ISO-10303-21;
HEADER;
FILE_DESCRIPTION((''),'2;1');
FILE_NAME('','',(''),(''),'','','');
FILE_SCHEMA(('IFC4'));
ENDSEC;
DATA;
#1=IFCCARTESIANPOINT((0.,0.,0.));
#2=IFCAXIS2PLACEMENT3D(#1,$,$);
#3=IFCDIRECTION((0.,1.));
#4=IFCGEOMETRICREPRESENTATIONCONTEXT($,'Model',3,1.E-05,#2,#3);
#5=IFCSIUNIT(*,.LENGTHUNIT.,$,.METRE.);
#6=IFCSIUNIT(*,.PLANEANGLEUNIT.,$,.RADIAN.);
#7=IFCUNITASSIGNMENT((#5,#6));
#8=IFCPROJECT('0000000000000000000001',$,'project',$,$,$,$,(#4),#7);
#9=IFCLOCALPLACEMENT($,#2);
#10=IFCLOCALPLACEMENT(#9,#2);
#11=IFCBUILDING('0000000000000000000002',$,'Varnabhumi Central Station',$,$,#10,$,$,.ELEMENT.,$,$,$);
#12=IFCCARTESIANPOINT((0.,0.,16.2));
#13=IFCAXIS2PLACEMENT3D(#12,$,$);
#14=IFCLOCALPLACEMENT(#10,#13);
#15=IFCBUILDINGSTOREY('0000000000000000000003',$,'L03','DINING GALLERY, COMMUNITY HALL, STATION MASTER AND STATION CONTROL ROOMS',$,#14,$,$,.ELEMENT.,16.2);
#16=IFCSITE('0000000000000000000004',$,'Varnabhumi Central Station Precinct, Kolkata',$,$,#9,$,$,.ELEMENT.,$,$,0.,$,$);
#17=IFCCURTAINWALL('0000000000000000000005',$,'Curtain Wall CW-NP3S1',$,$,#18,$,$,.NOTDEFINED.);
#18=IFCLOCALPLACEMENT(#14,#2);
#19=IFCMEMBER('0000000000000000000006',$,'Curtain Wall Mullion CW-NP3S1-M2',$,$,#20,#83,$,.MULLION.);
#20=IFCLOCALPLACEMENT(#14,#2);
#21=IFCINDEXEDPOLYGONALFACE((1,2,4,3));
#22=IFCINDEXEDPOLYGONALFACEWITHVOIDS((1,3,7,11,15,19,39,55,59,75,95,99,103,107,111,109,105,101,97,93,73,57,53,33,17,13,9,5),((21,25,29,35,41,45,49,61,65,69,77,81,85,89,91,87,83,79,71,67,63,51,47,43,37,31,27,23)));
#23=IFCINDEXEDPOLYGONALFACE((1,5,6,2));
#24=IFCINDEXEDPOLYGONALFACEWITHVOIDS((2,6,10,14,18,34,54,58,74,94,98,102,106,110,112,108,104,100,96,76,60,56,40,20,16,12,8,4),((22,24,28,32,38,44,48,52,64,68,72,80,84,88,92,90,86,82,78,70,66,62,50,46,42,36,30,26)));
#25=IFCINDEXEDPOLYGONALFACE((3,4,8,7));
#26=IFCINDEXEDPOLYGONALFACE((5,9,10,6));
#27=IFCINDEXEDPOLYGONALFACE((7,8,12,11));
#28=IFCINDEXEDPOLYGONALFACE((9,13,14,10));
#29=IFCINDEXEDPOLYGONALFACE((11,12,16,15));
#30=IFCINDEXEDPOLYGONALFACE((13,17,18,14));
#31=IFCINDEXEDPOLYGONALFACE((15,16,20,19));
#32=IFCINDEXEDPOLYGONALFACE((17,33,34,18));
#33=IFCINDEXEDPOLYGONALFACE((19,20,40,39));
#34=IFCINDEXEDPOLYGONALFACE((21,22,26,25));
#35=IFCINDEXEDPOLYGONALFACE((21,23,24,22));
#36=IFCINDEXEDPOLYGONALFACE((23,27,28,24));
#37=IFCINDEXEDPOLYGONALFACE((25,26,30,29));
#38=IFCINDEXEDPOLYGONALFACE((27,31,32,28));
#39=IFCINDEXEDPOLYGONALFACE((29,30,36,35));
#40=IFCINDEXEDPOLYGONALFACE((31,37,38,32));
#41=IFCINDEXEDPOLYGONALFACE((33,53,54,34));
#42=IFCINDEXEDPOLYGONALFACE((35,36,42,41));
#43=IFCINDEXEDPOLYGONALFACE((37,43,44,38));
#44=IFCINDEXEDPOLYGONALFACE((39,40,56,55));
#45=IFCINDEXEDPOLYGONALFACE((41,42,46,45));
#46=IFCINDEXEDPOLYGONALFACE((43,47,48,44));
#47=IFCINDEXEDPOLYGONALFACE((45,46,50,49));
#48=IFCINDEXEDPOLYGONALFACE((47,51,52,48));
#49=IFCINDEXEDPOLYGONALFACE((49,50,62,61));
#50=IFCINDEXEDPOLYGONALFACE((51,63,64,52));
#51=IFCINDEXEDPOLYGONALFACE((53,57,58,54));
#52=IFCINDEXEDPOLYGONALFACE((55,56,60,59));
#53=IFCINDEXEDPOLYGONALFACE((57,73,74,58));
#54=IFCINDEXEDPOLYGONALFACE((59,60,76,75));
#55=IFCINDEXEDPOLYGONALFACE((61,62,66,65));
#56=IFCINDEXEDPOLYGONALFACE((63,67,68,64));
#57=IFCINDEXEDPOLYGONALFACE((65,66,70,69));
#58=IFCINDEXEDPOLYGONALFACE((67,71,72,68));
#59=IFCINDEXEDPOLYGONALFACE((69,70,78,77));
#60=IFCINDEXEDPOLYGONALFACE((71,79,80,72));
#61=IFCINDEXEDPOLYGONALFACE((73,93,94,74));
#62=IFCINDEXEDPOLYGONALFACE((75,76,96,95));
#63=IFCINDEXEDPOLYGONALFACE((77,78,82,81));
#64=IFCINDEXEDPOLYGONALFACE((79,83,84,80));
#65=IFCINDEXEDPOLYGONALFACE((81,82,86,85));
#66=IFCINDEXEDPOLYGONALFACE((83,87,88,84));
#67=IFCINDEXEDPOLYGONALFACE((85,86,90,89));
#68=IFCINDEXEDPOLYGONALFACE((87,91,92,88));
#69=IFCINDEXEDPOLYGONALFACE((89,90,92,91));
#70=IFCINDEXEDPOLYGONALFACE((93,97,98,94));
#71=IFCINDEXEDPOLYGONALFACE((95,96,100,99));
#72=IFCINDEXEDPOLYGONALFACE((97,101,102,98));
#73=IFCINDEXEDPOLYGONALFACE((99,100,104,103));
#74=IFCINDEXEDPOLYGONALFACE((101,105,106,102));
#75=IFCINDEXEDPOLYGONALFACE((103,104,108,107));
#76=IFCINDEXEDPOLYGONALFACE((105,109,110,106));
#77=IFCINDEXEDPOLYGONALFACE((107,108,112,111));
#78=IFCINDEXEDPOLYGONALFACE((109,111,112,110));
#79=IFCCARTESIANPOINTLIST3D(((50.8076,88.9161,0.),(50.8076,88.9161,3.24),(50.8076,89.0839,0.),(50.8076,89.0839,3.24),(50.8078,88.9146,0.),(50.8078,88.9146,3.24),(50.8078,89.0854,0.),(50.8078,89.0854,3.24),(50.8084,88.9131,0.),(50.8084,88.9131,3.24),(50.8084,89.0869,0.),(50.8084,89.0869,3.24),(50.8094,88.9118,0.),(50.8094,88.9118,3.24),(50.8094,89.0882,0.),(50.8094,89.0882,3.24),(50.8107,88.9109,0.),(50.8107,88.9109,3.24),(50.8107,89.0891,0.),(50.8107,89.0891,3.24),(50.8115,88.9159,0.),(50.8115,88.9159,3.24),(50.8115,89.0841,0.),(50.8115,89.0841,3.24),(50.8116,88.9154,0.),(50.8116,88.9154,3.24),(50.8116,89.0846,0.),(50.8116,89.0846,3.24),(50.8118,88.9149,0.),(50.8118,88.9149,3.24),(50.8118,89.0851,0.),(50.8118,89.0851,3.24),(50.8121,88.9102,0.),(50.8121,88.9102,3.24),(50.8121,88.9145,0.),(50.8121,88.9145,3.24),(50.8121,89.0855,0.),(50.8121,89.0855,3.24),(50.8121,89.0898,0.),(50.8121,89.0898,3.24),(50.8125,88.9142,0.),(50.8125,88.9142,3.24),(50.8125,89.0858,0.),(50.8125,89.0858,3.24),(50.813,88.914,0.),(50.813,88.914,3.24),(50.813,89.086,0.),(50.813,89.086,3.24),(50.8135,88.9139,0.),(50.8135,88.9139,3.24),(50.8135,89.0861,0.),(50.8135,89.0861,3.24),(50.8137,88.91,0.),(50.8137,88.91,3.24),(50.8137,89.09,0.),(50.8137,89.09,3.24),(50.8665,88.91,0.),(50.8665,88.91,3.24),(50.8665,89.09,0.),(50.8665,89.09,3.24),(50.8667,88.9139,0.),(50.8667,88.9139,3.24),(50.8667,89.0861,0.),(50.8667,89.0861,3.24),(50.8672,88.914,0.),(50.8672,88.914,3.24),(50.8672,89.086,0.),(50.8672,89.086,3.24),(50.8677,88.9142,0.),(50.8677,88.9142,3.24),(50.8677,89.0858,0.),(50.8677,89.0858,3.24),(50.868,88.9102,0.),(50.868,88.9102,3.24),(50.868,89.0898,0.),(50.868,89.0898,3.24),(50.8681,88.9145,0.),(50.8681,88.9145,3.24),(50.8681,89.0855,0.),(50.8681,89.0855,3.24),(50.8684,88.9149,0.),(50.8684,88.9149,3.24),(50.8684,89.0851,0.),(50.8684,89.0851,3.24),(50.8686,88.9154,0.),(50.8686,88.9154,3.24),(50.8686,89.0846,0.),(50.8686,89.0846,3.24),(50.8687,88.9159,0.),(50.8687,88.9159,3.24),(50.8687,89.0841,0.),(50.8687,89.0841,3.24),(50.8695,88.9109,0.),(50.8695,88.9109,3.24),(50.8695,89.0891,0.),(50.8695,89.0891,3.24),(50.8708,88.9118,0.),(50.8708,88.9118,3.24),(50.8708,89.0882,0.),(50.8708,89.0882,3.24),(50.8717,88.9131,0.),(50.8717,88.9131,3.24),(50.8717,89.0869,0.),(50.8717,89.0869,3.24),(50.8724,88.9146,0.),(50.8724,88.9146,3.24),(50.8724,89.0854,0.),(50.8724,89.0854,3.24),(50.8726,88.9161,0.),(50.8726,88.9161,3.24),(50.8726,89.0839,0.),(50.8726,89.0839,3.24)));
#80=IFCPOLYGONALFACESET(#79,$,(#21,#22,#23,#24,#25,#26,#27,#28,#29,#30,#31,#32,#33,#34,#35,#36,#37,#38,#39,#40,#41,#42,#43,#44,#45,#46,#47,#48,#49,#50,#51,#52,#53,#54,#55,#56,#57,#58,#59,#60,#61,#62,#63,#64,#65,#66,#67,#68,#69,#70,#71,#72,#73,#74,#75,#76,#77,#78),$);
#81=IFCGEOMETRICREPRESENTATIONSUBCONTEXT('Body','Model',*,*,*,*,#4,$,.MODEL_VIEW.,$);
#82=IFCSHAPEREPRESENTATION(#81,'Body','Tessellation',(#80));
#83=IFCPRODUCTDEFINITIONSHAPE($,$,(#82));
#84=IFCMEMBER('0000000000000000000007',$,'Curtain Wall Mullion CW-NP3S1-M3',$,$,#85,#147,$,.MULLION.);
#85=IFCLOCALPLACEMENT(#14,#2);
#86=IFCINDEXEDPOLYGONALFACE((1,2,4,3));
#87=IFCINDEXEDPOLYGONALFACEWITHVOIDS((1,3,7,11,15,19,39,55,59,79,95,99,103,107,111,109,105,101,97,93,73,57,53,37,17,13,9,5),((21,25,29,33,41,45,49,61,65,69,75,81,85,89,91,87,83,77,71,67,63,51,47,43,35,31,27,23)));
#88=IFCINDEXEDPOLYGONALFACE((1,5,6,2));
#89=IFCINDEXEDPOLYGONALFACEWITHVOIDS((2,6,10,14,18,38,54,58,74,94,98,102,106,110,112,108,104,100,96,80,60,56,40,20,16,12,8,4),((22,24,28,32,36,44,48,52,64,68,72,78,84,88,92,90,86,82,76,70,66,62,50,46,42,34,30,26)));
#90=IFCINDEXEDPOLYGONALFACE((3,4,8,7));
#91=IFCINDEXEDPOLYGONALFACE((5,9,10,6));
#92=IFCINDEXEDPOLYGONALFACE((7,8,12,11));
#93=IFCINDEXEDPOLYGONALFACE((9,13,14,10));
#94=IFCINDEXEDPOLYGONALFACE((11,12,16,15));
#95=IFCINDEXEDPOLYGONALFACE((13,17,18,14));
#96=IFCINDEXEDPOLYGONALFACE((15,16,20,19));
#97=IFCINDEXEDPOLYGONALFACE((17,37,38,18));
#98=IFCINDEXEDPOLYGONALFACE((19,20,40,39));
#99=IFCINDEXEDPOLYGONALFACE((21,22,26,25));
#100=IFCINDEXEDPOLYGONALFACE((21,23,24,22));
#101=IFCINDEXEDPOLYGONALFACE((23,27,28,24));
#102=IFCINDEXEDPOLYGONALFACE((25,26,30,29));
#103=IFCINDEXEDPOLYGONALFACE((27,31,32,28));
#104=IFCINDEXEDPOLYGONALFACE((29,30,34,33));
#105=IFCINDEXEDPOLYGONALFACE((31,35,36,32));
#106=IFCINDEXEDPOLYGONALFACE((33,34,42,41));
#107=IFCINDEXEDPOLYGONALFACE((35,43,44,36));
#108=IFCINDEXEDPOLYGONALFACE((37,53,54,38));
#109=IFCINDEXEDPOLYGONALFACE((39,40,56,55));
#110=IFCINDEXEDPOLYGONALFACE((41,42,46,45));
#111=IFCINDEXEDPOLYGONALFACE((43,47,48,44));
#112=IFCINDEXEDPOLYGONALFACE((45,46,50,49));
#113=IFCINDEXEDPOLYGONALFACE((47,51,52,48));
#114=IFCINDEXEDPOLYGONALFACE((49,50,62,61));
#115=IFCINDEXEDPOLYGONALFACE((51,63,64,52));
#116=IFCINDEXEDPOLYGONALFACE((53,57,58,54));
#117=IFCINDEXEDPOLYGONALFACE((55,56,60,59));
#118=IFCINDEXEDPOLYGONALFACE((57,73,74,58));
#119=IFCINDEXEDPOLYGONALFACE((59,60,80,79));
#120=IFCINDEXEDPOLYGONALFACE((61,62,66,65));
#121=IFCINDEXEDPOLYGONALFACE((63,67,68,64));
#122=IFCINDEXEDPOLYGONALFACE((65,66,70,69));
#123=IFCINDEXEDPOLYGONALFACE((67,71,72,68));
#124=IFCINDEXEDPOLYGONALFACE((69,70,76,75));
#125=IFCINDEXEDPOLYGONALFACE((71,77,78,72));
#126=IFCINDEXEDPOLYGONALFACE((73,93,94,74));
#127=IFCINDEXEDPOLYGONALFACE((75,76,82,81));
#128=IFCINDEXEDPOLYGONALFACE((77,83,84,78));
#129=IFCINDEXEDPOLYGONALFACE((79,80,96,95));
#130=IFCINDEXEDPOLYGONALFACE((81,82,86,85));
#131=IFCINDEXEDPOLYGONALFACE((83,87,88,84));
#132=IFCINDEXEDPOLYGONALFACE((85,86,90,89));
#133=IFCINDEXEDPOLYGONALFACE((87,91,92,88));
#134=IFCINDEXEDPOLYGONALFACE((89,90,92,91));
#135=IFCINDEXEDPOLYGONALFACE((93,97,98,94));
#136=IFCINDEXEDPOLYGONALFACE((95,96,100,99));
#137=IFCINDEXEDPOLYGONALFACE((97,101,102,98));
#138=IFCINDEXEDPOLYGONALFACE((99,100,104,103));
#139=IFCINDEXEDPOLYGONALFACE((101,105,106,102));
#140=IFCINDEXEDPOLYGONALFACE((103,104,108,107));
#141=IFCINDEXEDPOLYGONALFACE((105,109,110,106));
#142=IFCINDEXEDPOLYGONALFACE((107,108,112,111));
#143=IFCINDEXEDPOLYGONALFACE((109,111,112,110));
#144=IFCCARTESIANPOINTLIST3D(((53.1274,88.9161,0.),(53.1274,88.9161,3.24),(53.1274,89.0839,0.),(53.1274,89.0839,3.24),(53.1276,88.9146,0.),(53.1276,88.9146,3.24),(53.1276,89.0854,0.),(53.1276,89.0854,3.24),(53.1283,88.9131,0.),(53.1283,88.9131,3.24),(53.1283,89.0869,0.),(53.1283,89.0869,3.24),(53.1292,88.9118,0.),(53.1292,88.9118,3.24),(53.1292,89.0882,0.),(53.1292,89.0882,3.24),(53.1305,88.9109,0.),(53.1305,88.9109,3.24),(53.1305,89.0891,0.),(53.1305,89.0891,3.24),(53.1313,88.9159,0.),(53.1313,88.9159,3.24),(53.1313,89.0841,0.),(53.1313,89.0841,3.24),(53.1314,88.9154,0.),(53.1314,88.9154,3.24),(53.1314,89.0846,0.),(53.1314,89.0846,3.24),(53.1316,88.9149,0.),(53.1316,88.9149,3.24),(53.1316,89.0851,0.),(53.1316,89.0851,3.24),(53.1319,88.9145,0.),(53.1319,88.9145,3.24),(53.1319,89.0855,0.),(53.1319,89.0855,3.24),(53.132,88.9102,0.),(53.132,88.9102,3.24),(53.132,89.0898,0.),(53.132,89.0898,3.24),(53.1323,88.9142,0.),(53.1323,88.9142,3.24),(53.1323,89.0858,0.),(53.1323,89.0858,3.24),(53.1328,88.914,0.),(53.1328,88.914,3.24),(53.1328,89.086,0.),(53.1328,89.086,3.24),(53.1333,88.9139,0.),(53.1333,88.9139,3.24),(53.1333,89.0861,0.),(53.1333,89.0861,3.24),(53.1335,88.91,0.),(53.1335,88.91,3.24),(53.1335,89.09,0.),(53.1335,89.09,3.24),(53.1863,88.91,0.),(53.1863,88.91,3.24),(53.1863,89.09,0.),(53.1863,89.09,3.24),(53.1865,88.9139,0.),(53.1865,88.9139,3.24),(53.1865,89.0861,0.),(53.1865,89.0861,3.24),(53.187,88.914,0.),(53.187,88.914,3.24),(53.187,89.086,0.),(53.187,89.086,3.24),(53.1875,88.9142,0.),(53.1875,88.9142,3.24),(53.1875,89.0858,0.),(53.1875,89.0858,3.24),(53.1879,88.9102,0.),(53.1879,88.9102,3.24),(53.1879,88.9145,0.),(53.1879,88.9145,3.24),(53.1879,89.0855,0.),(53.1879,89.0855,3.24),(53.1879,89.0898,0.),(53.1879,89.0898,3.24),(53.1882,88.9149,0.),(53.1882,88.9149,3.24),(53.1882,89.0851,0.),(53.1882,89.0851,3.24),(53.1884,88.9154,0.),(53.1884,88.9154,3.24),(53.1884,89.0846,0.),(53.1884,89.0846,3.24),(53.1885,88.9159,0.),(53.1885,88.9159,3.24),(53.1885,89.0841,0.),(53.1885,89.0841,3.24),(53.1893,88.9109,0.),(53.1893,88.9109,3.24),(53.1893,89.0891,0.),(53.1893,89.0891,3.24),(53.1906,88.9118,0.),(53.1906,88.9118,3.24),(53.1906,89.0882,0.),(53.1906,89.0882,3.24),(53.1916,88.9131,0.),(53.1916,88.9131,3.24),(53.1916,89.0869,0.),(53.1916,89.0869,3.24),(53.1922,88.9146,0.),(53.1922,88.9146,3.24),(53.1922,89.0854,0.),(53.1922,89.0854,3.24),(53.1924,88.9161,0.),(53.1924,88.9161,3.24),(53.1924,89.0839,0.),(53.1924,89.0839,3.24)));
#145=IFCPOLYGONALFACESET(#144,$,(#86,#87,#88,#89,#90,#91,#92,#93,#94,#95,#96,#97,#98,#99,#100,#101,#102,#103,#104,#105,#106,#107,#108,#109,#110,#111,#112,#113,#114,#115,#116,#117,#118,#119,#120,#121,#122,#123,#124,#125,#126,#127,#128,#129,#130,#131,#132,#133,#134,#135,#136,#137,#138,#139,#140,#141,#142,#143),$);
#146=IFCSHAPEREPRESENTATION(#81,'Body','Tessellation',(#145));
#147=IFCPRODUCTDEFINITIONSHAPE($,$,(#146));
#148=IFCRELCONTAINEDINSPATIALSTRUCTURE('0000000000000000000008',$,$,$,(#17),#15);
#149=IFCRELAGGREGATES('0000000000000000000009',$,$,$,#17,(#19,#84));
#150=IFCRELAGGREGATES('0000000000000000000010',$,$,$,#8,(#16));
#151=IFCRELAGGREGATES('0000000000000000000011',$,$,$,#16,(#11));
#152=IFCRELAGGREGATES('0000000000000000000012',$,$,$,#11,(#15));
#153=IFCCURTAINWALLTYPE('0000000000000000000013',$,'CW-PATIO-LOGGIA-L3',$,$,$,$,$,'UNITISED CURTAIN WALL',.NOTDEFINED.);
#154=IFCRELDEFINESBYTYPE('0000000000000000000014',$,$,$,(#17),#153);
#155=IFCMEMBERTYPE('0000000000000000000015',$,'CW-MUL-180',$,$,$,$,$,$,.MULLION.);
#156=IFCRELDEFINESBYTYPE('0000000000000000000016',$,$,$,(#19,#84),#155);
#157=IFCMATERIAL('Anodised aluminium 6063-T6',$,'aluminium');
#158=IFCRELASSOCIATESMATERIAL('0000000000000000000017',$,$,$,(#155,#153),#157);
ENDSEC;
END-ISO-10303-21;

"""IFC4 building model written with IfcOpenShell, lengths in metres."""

from ifc_helpers import new_model, si_unit, direction, frame, origin, origin_2d, place, context, subcontext, project, spatial, hollow_rectangle, extrude, material, material_profile, profile_set, type_object, element, aggregate, save


model = new_model("IFC4")

# Units and contexts
model_context = context("Model", 3, precision=1e-05, world=origin(), true_north=direction((0.0, 1.0)))
body_context = subcontext(model_context, "Body", "Model", "MODEL_VIEW")
ifc_project = project(units=[si_unit("LENGTHUNIT", "METRE"), si_unit("PLANEANGLEUNIT", "RADIAN")], contexts=[model_context])

# Site, building, storey
site_placement = place(None, origin())
site = spatial("IfcSite", under=ifc_project, at=site_placement, Name="Varnabhumi Central Station Precinct, Kolkata", CompositionType="ELEMENT", RefElevation=0.0)
building_placement = place(site_placement, origin())
building = spatial("IfcBuilding", under=site, at=building_placement, Name="Varnabhumi Central Station", CompositionType="ELEMENT")
storey_placement = place(building_placement, frame((0.0, 0.0, 16.2)))
storey = spatial("IfcBuildingStorey", under=building, at=storey_placement, Name="L03", Description="DINING GALLERY, COMMUNITY HALL, STATION MASTER AND STATION CONTROL ROOMS", CompositionType="ELEMENT", Elevation=16.2)

# Curtain wall, members
ifc_material_1 = material(Name="Anodised aluminium 6063-T6", Category="aluminium")
ifc_material_profile_1 = material_profile(ifc_material_1, hollow_rectangle(XDim=0.0649, YDim=0.1799, WallThickness=0.0039, InnerFilletRadius=0.002, OuterFilletRadius=0.0061, at=origin_2d()), Name="Anodised aluminium 6063-T6", Category="aluminium")
ifc_profile_set_1 = profile_set([ifc_material_profile_1], Name="Anodised aluminium 6063-T6")
member_type_1 = type_object("IfcMemberType", Name="CW-MUL-180", PredefinedType="MULLION", material=ifc_profile_set_1)
curtain_wall_type_1 = type_object("IfcCurtainWallType", Name="CW-PATIO-LOGGIA-L3", ElementType="UNITISED CURTAIN WALL", PredefinedType="NOTDEFINED", material=ifc_material_1)
curtain_wall_1_placement = place(storey_placement, origin())
curtain_wall_1 = element("IfcCurtainWall", 1, at=curtain_wall_1_placement, inside=storey, type_object=curtain_wall_type_1, Name="Curtain Wall CW-NP3S1", PredefinedType="NOTDEFINED")
member_1_placement = place(storey_placement, frame((50.8401, 89.0, 0.0), z_axis=(0.0, 0.0, 1.0), x_axis=(1.0, 0.0, 0.0)))
member_1 = element("IfcMember", 2, at=member_1_placement, type_object=member_type_1, Name="Curtain Wall Mullion CW-NP3S1-M2", PredefinedType="MULLION", context=body_context, shape_type="SweptSolid", body=[
    extrude(hollow_rectangle(XDim=0.0649, YDim=0.1799, WallThickness=0.0039, InnerFilletRadius=0.002, OuterFilletRadius=0.0061, at=origin_2d()), origin(), (0.0, 0.0, 1.0), 3.24),
])
member_2_placement = place(storey_placement, frame((53.1599, 89.0, 0.0), z_axis=(0.0, 0.0, 1.0), x_axis=(1.0, 0.0, 0.0)))
member_2 = element("IfcMember", 3, at=member_2_placement, type_object=member_type_1, Name="Curtain Wall Mullion CW-NP3S1-M3", PredefinedType="MULLION", context=body_context, shape_type="SweptSolid", body=[
    extrude(hollow_rectangle(XDim=0.0649, YDim=0.1799, WallThickness=0.0039, InnerFilletRadius=0.002, OuterFilletRadius=0.0061, at=origin_2d()), origin(), (0.0, 0.0, 1.0), 3.24),
])

aggregate(curtain_wall_1, [member_1, member_2])

save(model, "model.ifc")
